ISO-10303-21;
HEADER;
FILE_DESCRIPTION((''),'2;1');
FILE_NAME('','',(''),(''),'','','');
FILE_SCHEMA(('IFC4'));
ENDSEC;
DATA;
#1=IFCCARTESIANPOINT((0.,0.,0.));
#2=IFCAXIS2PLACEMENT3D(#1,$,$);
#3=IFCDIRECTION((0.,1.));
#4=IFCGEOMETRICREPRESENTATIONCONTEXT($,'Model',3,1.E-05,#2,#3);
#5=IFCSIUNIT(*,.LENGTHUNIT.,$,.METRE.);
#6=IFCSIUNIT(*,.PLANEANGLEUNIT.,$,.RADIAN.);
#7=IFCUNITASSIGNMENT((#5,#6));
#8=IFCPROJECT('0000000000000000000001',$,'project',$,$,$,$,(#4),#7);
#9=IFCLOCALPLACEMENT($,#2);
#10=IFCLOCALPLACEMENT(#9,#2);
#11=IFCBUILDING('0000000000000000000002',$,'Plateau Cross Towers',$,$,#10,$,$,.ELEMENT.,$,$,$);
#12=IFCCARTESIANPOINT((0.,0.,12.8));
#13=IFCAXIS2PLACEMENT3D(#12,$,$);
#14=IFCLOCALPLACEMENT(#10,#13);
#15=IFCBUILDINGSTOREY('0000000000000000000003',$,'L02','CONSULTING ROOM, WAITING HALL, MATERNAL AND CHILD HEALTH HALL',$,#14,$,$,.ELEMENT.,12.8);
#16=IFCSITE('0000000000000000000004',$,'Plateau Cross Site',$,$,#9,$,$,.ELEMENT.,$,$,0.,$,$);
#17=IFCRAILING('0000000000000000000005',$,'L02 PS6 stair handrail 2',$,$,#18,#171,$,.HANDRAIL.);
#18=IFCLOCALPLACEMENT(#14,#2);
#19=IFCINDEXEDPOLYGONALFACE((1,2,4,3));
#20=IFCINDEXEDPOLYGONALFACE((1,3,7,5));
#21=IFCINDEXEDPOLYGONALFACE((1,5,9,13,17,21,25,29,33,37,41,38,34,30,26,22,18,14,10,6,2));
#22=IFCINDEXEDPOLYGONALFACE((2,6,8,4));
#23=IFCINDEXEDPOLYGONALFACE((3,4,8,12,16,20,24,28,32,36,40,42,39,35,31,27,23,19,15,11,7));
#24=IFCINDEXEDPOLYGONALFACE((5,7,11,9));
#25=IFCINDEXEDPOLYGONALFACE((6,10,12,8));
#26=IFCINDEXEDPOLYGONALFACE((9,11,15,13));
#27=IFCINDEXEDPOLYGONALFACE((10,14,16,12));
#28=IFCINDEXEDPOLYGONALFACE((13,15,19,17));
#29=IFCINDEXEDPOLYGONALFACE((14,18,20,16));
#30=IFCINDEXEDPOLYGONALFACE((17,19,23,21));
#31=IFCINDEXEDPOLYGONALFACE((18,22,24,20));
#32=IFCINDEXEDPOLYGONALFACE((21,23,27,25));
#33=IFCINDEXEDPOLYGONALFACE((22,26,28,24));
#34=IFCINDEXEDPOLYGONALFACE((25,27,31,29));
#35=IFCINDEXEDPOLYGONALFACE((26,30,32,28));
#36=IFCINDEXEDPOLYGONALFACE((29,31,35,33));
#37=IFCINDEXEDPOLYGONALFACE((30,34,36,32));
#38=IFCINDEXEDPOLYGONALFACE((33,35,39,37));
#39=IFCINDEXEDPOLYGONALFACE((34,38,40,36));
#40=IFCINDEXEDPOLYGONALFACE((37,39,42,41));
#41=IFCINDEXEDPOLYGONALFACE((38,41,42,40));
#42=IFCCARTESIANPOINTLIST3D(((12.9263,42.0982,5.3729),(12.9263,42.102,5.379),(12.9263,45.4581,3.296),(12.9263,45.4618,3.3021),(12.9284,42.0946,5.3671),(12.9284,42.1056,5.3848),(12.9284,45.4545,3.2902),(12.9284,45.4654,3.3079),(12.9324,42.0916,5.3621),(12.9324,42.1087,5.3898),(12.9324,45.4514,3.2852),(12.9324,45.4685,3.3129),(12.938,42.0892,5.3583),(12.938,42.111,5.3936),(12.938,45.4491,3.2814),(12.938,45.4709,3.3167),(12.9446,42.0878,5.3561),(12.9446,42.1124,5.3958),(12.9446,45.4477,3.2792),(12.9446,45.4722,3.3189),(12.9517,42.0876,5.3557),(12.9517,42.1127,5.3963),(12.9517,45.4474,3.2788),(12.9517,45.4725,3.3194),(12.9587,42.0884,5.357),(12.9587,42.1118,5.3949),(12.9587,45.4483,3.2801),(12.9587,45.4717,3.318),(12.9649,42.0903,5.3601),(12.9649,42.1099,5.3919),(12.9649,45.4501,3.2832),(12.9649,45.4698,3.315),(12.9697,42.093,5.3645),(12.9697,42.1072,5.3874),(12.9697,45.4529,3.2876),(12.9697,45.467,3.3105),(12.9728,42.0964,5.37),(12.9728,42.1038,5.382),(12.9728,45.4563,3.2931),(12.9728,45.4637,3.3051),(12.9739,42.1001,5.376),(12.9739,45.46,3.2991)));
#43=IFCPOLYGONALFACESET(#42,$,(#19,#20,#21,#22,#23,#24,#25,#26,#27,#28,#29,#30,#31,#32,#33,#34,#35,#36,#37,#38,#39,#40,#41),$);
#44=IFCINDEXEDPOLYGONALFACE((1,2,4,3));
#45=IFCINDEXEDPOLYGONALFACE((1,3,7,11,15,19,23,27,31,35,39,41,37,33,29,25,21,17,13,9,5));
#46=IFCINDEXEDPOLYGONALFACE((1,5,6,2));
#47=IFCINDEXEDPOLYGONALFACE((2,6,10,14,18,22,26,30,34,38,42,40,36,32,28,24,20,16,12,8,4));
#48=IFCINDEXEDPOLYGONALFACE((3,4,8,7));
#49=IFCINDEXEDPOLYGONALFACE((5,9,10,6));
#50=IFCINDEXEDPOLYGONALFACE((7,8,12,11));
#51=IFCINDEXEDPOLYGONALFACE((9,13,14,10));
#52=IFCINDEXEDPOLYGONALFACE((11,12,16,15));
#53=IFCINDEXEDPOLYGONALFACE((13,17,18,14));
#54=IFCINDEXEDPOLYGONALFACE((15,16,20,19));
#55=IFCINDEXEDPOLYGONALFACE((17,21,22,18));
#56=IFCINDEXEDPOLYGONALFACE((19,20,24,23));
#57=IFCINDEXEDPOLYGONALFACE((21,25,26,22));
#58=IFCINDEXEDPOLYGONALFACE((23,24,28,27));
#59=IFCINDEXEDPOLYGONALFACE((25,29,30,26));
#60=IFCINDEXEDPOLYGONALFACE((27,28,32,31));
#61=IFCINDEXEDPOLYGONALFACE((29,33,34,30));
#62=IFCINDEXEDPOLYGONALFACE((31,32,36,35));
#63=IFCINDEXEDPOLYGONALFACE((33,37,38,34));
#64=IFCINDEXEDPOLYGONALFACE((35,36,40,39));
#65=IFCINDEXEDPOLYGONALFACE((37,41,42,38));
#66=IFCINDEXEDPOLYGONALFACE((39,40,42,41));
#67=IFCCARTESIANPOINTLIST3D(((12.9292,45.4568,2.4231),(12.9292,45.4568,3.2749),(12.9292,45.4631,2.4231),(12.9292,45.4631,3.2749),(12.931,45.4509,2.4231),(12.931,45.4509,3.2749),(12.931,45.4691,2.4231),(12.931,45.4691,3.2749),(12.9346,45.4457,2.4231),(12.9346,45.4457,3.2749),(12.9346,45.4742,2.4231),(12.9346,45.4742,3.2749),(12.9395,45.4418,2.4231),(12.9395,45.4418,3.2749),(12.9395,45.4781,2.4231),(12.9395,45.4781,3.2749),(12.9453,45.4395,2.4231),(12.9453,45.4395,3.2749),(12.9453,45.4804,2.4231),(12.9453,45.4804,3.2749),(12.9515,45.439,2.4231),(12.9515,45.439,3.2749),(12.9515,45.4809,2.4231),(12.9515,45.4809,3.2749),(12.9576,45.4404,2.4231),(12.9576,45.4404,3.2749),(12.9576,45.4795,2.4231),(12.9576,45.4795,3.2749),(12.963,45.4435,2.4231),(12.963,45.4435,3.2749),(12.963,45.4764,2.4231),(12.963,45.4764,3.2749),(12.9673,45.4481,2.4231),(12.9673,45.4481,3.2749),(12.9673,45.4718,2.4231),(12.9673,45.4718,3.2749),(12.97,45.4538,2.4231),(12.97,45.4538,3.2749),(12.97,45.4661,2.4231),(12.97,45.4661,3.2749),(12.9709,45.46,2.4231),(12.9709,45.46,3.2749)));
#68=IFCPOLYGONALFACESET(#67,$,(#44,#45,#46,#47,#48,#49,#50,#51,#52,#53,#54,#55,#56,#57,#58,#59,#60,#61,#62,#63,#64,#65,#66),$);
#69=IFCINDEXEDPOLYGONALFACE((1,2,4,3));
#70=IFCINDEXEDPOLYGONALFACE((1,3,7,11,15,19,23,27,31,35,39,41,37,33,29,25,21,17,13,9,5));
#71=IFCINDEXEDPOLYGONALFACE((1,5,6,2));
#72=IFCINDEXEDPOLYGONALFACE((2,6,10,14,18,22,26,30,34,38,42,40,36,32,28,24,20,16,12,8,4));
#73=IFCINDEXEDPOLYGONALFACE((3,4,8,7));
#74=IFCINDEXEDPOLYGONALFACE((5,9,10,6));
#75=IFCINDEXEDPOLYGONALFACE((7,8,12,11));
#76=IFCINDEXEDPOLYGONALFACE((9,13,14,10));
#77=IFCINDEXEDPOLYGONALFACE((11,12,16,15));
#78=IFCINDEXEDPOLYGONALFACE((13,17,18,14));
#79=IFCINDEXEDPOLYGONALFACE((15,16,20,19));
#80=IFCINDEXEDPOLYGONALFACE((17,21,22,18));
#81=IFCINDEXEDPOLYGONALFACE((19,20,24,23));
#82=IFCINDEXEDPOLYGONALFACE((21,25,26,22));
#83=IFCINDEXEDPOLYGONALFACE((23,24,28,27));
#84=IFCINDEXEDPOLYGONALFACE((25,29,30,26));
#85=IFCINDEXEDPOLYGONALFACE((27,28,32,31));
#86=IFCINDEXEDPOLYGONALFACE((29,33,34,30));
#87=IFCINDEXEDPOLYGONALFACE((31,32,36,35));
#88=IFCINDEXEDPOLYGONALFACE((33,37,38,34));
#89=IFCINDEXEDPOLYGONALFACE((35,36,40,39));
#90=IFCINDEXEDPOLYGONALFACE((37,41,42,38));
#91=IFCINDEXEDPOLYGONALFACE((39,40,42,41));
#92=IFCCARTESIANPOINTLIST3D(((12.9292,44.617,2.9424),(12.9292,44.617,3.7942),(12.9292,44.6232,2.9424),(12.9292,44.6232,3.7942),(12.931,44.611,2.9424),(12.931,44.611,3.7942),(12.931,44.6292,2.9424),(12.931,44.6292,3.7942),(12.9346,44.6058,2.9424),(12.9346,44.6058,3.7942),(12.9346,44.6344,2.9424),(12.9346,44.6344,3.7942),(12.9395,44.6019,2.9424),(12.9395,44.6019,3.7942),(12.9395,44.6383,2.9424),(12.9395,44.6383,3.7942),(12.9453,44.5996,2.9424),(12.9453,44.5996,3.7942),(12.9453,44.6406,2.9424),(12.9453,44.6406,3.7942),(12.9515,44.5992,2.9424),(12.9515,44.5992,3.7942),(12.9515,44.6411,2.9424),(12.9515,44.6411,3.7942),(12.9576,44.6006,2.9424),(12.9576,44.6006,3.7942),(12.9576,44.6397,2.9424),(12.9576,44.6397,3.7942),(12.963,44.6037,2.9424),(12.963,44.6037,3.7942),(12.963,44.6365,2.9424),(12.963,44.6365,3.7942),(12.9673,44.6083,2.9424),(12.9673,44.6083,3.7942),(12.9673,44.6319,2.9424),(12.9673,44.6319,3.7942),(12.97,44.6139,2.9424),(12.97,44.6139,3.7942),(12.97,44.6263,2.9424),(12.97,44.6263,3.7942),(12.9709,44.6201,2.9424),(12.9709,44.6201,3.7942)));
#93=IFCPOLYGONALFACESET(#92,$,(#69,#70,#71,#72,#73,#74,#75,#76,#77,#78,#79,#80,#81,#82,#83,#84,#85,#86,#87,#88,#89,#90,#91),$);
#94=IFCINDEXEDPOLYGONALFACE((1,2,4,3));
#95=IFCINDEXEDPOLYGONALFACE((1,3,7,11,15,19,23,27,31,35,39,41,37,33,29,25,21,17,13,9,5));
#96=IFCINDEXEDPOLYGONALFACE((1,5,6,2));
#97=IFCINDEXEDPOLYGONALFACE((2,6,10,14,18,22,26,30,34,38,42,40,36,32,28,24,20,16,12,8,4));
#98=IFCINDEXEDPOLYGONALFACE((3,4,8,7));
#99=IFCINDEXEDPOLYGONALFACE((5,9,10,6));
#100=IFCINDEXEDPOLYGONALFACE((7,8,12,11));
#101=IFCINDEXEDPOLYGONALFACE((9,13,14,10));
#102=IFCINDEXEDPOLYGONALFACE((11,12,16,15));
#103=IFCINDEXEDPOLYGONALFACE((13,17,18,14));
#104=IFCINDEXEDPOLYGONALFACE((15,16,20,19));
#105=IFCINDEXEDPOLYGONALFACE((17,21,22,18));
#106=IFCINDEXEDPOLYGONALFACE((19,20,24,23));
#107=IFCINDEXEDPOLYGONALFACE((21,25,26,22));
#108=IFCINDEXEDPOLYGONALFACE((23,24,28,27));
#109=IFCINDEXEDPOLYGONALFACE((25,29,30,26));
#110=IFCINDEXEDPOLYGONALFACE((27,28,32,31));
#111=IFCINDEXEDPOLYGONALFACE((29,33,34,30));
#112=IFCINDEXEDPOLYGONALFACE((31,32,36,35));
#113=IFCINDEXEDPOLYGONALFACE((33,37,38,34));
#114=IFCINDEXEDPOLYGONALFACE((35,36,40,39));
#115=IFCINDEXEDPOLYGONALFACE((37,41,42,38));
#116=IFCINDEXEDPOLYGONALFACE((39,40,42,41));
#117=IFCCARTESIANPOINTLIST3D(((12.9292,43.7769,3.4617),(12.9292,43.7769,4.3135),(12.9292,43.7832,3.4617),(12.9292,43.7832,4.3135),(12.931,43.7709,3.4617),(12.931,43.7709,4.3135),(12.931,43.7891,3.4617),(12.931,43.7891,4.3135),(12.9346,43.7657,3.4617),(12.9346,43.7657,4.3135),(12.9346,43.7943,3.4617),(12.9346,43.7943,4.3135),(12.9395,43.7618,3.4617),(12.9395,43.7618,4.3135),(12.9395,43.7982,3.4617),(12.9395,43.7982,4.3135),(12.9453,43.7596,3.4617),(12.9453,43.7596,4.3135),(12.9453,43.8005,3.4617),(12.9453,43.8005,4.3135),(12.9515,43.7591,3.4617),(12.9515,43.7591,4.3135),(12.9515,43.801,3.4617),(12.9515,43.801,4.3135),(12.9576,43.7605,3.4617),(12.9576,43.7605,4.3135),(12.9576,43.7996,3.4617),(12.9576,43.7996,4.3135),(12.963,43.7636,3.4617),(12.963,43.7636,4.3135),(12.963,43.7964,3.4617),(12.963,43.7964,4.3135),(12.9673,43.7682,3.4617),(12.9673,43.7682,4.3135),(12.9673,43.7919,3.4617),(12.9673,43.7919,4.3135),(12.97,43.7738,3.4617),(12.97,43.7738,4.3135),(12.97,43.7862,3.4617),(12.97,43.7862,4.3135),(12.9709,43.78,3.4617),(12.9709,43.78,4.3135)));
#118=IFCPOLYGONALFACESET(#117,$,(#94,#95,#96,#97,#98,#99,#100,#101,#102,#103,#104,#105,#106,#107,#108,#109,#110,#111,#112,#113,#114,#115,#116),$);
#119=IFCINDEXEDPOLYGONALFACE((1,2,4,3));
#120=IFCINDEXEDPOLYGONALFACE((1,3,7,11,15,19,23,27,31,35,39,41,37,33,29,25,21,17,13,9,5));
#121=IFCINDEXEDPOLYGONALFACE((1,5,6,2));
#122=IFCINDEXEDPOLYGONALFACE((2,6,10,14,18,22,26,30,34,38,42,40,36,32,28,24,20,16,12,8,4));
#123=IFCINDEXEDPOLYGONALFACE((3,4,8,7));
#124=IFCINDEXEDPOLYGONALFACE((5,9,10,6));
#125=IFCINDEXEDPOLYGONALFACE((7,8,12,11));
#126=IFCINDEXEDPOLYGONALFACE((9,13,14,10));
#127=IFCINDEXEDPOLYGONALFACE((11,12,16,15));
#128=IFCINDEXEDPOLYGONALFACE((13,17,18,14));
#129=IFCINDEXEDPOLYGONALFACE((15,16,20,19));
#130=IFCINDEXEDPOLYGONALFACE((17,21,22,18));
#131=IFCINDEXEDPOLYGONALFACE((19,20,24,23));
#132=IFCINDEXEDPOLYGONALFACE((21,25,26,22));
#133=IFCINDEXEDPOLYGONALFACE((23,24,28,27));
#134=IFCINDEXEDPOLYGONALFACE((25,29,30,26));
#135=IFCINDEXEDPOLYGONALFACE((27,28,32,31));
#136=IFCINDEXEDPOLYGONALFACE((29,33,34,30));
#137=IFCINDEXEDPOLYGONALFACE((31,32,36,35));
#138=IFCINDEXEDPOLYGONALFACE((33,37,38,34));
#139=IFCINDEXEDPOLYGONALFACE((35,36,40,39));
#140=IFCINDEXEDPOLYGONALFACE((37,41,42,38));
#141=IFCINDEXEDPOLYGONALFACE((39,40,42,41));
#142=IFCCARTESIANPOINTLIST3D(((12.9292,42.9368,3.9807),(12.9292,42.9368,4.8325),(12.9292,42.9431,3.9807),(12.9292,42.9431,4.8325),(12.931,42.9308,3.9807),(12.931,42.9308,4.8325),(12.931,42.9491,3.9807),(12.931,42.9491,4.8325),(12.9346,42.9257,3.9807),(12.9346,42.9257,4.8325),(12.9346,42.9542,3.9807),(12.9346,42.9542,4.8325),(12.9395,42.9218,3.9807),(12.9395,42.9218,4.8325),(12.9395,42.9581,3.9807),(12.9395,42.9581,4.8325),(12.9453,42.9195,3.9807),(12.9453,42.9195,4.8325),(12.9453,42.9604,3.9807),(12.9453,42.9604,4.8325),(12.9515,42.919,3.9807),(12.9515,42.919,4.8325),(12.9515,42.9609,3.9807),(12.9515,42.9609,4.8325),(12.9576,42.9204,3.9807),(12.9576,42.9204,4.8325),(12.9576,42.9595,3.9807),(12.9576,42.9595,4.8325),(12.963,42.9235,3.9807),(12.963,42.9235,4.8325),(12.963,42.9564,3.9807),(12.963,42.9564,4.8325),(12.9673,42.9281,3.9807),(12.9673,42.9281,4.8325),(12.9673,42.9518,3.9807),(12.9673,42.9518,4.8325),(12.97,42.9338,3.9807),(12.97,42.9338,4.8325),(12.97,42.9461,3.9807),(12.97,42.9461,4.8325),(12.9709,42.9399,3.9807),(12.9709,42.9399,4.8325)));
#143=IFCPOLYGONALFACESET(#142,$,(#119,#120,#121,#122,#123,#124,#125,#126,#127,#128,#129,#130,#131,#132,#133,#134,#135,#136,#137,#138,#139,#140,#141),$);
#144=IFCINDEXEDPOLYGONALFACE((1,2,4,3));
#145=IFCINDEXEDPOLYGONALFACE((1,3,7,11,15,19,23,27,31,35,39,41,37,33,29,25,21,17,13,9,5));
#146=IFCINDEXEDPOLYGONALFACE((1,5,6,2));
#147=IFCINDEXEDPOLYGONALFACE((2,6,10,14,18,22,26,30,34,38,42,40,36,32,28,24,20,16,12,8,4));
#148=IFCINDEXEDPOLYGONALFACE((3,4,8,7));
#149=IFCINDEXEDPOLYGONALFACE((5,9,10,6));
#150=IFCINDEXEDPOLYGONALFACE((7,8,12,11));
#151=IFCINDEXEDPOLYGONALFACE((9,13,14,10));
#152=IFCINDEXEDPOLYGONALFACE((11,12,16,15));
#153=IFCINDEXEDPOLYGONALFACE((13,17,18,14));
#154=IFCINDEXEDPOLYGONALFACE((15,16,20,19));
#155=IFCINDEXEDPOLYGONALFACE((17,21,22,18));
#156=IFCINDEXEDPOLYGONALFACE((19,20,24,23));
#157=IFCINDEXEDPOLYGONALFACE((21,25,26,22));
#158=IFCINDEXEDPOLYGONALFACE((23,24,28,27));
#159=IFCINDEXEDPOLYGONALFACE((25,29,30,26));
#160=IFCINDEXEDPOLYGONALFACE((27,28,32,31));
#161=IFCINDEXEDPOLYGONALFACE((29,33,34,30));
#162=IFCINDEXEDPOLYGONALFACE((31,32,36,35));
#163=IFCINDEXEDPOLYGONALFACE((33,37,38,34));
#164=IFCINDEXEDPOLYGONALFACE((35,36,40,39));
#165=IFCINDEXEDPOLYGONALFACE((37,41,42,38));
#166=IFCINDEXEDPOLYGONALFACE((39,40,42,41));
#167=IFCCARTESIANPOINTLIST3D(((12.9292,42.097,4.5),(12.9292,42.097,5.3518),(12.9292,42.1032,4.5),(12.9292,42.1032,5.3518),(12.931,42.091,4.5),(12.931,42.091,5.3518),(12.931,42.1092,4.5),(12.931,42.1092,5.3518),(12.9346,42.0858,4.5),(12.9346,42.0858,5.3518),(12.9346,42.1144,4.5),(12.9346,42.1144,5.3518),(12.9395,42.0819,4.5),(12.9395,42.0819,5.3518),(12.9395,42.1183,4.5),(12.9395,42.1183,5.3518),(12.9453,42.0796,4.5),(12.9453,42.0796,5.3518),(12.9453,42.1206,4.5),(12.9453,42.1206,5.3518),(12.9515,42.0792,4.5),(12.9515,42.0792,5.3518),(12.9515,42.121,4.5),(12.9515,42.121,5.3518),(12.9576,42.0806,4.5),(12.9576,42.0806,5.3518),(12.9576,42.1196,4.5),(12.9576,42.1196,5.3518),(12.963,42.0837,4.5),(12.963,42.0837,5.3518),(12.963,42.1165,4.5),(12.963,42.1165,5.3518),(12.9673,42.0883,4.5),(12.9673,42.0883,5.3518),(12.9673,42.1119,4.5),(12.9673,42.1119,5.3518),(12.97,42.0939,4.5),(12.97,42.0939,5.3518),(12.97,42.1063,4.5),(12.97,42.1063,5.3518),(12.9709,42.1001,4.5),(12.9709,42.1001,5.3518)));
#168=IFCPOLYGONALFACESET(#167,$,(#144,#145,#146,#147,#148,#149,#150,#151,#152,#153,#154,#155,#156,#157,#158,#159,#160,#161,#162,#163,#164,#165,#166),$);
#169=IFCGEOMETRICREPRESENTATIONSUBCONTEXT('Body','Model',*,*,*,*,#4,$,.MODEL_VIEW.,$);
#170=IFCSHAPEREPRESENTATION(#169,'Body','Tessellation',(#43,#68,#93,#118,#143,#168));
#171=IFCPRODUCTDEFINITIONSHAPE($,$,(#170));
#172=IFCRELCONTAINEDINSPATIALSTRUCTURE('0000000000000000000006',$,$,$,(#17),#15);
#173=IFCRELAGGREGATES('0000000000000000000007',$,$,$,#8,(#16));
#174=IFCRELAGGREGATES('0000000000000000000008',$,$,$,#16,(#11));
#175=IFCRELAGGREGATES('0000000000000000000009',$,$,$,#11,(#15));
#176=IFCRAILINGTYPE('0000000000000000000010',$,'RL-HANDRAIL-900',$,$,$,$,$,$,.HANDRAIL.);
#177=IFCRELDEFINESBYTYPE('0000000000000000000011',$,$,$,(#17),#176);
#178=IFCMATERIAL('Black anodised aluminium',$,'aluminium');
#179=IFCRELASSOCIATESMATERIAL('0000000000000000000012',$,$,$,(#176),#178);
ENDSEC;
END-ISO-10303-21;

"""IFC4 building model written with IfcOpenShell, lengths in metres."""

from ifc_helpers import new_model, si_unit, direction, frame, origin, origin_2d, place, context, subcontext, project, spatial, circle, extrude, material, type_object, element, save


model = new_model("IFC4")

# Units and contexts
model_context = context("Model", 3, precision=1e-05, world=origin(), true_north=direction((0.0, 1.0)))
body_context = subcontext(model_context, "Body", "Model", "MODEL_VIEW")
ifc_project = project(units=[si_unit("LENGTHUNIT", "METRE"), si_unit("PLANEANGLEUNIT", "RADIAN")], contexts=[model_context])

# Site, building, storey
site_placement = place(None, origin())
site = spatial("IfcSite", under=ifc_project, at=site_placement, Name="Plateau Cross Site", CompositionType="ELEMENT", RefElevation=0.0)
building_placement = place(site_placement, origin())
building = spatial("IfcBuilding", under=site, at=building_placement, Name="Plateau Cross Towers", CompositionType="ELEMENT")
storey_placement = place(building_placement, frame((0.0, 0.0, 12.8)))
storey = spatial("IfcBuildingStorey", under=building, at=storey_placement, Name="L02", Description="CONSULTING ROOM, WAITING HALL, MATERNAL AND CHILD HEALTH HALL", CompositionType="ELEMENT", Elevation=12.8)

# Shared definitions
ifc_material_1 = material(Name="Black anodised aluminium", Category="aluminium")

# Railing
railing_type_1 = type_object("IfcRailingType", Name="RL-HANDRAIL-900", PredefinedType="HANDRAIL", material=ifc_material_1)
railing_1_placement = place(storey_placement, frame((12.95, 45.46, 2.4231)))
element("IfcRailing", 1, at=railing_1_placement, inside=storey, type_object=railing_type_1, Name="L02 PS6 stair handrail 2", PredefinedType="HANDRAIL", context=body_context, shape_type="SweptSolid", body=[
    extrude(circle(Radius=0.0239, at=origin_2d()), frame((0.0, 0.0, 0.876), z_axis=(0.0, -0.850606, 0.525803), x_axis=(1.0, 0.0, 0.0)), (0.0, 0.0, 1.0), 3.95),
    extrude(circle(Radius=0.021, at=origin_2d()), origin(), (0.0, 0.0, 1.0), 0.8518),
    extrude(circle(Radius=0.021, at=origin_2d()), frame((0.0, -0.8398, 0.5193)), (0.0, 0.0, 1.0), 0.8518),
    extrude(circle(Radius=0.021, at=origin_2d()), frame((0.0, -1.6799, 1.0386)), (0.0, 0.0, 1.0), 0.8518),
    extrude(circle(Radius=0.021, at=origin_2d()), frame((0.0, -2.52, 1.5576)), (0.0, 0.0, 1.0), 0.8518),
    extrude(circle(Radius=0.021, at=origin_2d()), frame((0.0, -3.3599, 2.0769)), (0.0, 0.0, 1.0), 0.8518),
])

save(model, "model.ifc")
